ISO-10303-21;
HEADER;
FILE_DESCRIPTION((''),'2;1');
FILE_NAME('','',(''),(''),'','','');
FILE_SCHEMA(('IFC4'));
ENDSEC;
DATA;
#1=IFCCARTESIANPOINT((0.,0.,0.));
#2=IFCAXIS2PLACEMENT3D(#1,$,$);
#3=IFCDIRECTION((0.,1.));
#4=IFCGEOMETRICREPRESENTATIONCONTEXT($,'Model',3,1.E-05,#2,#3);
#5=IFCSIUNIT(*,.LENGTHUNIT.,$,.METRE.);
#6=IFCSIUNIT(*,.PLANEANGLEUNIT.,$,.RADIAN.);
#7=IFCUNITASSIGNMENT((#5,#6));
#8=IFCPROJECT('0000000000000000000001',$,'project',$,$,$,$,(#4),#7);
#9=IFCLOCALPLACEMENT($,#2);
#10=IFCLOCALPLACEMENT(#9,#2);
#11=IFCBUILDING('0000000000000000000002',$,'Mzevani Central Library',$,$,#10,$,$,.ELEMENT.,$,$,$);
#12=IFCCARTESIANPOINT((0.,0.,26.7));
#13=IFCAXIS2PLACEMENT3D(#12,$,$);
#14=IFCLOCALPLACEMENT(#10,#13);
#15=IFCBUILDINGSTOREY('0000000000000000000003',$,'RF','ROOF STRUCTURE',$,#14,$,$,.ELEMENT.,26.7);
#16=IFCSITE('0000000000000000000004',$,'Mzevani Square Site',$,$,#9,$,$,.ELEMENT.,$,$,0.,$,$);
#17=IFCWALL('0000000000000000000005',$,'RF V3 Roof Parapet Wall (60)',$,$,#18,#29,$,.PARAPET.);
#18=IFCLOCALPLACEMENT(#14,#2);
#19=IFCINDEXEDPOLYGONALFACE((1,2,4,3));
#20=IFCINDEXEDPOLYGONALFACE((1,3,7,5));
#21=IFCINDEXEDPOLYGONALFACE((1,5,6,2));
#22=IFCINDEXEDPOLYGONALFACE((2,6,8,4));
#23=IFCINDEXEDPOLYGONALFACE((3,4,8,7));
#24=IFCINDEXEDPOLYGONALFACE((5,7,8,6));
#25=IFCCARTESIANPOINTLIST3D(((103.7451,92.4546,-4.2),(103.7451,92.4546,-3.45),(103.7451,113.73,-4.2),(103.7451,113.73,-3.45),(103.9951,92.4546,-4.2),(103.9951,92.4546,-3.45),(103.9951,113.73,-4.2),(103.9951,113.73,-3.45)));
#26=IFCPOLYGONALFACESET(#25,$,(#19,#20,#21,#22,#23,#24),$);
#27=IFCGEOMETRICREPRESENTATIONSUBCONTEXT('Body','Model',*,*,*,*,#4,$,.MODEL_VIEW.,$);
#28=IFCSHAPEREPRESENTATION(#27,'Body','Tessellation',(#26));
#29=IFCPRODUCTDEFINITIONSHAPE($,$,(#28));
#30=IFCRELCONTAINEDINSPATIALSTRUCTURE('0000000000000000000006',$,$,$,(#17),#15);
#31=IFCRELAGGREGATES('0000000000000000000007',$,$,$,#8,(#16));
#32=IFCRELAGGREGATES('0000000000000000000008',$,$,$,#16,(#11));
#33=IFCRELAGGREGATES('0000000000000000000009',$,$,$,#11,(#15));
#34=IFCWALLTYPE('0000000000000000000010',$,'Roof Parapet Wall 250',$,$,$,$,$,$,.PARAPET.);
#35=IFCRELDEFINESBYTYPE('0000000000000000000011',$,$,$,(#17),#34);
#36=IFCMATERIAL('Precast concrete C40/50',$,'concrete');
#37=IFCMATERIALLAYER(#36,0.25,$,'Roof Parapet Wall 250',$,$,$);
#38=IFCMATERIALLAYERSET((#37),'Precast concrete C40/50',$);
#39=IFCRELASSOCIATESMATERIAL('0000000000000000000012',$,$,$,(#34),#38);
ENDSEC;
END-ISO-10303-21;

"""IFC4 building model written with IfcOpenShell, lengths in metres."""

from ifc_helpers import new_model, si_unit, direction, frame, frame_2d, origin, place, context, subcontext, project, spatial, rectangle, extrude, material, layer, layer_set, type_object, element, save


model = new_model("IFC4")

# Units and contexts
model_context = context("Model", 3, precision=1e-05, world=origin(), true_north=direction((0.0, 1.0)))
body_context = subcontext(model_context, "Body", "Model", "MODEL_VIEW")
ifc_project = project(units=[si_unit("LENGTHUNIT", "METRE"), si_unit("PLANEANGLEUNIT", "RADIAN")], contexts=[model_context])

# Site, building, storey
site_placement = place(None, origin())
site = spatial("IfcSite", under=ifc_project, at=site_placement, Name="Mzevani Square Site", CompositionType="ELEMENT", RefElevation=0.0)
building_placement = place(site_placement, origin())
building = spatial("IfcBuilding", under=site, at=building_placement, Name="Mzevani Central Library", CompositionType="ELEMENT")
storey_placement = place(building_placement, frame((0.0, 0.0, 26.7)))
storey = spatial("IfcBuildingStorey", under=building, at=storey_placement, Name="RF", Description="ROOF STRUCTURE", CompositionType="ELEMENT", Elevation=26.7)

# Shared definitions
ifc_material_1 = material(Name="Precast concrete C40/50", Category="concrete")

# Wall
ifc_layer_1 = layer(ifc_material_1, 0.25, Name="Roof Parapet Wall 250")
ifc_layer_set_1 = layer_set([ifc_layer_1], Name="Precast concrete C40/50")
wall_type_1 = type_object("IfcWallType", Name="Roof Parapet Wall 250", PredefinedType="PARAPET", material=ifc_layer_set_1)
wall_1_placement = place(storey_placement, frame((103.8701, 113.73, -4.2), z_axis=(0.0, 0.0, 1.0), x_axis=(0.0, -1.0, 0.0)))
element("IfcWall", 1, at=wall_1_placement, inside=storey, type_object=wall_type_1, Name="RF V3 Roof Parapet Wall (60)", PredefinedType="PARAPET", context=body_context, shape_type="SweptSolid", body=[
    extrude(rectangle(XDim=21.2754, YDim=0.25, at=frame_2d((10.6377, 0.0))), origin(), (0.0, 0.0, 1.0), 0.75),
])

save(model, "model.ifc")
